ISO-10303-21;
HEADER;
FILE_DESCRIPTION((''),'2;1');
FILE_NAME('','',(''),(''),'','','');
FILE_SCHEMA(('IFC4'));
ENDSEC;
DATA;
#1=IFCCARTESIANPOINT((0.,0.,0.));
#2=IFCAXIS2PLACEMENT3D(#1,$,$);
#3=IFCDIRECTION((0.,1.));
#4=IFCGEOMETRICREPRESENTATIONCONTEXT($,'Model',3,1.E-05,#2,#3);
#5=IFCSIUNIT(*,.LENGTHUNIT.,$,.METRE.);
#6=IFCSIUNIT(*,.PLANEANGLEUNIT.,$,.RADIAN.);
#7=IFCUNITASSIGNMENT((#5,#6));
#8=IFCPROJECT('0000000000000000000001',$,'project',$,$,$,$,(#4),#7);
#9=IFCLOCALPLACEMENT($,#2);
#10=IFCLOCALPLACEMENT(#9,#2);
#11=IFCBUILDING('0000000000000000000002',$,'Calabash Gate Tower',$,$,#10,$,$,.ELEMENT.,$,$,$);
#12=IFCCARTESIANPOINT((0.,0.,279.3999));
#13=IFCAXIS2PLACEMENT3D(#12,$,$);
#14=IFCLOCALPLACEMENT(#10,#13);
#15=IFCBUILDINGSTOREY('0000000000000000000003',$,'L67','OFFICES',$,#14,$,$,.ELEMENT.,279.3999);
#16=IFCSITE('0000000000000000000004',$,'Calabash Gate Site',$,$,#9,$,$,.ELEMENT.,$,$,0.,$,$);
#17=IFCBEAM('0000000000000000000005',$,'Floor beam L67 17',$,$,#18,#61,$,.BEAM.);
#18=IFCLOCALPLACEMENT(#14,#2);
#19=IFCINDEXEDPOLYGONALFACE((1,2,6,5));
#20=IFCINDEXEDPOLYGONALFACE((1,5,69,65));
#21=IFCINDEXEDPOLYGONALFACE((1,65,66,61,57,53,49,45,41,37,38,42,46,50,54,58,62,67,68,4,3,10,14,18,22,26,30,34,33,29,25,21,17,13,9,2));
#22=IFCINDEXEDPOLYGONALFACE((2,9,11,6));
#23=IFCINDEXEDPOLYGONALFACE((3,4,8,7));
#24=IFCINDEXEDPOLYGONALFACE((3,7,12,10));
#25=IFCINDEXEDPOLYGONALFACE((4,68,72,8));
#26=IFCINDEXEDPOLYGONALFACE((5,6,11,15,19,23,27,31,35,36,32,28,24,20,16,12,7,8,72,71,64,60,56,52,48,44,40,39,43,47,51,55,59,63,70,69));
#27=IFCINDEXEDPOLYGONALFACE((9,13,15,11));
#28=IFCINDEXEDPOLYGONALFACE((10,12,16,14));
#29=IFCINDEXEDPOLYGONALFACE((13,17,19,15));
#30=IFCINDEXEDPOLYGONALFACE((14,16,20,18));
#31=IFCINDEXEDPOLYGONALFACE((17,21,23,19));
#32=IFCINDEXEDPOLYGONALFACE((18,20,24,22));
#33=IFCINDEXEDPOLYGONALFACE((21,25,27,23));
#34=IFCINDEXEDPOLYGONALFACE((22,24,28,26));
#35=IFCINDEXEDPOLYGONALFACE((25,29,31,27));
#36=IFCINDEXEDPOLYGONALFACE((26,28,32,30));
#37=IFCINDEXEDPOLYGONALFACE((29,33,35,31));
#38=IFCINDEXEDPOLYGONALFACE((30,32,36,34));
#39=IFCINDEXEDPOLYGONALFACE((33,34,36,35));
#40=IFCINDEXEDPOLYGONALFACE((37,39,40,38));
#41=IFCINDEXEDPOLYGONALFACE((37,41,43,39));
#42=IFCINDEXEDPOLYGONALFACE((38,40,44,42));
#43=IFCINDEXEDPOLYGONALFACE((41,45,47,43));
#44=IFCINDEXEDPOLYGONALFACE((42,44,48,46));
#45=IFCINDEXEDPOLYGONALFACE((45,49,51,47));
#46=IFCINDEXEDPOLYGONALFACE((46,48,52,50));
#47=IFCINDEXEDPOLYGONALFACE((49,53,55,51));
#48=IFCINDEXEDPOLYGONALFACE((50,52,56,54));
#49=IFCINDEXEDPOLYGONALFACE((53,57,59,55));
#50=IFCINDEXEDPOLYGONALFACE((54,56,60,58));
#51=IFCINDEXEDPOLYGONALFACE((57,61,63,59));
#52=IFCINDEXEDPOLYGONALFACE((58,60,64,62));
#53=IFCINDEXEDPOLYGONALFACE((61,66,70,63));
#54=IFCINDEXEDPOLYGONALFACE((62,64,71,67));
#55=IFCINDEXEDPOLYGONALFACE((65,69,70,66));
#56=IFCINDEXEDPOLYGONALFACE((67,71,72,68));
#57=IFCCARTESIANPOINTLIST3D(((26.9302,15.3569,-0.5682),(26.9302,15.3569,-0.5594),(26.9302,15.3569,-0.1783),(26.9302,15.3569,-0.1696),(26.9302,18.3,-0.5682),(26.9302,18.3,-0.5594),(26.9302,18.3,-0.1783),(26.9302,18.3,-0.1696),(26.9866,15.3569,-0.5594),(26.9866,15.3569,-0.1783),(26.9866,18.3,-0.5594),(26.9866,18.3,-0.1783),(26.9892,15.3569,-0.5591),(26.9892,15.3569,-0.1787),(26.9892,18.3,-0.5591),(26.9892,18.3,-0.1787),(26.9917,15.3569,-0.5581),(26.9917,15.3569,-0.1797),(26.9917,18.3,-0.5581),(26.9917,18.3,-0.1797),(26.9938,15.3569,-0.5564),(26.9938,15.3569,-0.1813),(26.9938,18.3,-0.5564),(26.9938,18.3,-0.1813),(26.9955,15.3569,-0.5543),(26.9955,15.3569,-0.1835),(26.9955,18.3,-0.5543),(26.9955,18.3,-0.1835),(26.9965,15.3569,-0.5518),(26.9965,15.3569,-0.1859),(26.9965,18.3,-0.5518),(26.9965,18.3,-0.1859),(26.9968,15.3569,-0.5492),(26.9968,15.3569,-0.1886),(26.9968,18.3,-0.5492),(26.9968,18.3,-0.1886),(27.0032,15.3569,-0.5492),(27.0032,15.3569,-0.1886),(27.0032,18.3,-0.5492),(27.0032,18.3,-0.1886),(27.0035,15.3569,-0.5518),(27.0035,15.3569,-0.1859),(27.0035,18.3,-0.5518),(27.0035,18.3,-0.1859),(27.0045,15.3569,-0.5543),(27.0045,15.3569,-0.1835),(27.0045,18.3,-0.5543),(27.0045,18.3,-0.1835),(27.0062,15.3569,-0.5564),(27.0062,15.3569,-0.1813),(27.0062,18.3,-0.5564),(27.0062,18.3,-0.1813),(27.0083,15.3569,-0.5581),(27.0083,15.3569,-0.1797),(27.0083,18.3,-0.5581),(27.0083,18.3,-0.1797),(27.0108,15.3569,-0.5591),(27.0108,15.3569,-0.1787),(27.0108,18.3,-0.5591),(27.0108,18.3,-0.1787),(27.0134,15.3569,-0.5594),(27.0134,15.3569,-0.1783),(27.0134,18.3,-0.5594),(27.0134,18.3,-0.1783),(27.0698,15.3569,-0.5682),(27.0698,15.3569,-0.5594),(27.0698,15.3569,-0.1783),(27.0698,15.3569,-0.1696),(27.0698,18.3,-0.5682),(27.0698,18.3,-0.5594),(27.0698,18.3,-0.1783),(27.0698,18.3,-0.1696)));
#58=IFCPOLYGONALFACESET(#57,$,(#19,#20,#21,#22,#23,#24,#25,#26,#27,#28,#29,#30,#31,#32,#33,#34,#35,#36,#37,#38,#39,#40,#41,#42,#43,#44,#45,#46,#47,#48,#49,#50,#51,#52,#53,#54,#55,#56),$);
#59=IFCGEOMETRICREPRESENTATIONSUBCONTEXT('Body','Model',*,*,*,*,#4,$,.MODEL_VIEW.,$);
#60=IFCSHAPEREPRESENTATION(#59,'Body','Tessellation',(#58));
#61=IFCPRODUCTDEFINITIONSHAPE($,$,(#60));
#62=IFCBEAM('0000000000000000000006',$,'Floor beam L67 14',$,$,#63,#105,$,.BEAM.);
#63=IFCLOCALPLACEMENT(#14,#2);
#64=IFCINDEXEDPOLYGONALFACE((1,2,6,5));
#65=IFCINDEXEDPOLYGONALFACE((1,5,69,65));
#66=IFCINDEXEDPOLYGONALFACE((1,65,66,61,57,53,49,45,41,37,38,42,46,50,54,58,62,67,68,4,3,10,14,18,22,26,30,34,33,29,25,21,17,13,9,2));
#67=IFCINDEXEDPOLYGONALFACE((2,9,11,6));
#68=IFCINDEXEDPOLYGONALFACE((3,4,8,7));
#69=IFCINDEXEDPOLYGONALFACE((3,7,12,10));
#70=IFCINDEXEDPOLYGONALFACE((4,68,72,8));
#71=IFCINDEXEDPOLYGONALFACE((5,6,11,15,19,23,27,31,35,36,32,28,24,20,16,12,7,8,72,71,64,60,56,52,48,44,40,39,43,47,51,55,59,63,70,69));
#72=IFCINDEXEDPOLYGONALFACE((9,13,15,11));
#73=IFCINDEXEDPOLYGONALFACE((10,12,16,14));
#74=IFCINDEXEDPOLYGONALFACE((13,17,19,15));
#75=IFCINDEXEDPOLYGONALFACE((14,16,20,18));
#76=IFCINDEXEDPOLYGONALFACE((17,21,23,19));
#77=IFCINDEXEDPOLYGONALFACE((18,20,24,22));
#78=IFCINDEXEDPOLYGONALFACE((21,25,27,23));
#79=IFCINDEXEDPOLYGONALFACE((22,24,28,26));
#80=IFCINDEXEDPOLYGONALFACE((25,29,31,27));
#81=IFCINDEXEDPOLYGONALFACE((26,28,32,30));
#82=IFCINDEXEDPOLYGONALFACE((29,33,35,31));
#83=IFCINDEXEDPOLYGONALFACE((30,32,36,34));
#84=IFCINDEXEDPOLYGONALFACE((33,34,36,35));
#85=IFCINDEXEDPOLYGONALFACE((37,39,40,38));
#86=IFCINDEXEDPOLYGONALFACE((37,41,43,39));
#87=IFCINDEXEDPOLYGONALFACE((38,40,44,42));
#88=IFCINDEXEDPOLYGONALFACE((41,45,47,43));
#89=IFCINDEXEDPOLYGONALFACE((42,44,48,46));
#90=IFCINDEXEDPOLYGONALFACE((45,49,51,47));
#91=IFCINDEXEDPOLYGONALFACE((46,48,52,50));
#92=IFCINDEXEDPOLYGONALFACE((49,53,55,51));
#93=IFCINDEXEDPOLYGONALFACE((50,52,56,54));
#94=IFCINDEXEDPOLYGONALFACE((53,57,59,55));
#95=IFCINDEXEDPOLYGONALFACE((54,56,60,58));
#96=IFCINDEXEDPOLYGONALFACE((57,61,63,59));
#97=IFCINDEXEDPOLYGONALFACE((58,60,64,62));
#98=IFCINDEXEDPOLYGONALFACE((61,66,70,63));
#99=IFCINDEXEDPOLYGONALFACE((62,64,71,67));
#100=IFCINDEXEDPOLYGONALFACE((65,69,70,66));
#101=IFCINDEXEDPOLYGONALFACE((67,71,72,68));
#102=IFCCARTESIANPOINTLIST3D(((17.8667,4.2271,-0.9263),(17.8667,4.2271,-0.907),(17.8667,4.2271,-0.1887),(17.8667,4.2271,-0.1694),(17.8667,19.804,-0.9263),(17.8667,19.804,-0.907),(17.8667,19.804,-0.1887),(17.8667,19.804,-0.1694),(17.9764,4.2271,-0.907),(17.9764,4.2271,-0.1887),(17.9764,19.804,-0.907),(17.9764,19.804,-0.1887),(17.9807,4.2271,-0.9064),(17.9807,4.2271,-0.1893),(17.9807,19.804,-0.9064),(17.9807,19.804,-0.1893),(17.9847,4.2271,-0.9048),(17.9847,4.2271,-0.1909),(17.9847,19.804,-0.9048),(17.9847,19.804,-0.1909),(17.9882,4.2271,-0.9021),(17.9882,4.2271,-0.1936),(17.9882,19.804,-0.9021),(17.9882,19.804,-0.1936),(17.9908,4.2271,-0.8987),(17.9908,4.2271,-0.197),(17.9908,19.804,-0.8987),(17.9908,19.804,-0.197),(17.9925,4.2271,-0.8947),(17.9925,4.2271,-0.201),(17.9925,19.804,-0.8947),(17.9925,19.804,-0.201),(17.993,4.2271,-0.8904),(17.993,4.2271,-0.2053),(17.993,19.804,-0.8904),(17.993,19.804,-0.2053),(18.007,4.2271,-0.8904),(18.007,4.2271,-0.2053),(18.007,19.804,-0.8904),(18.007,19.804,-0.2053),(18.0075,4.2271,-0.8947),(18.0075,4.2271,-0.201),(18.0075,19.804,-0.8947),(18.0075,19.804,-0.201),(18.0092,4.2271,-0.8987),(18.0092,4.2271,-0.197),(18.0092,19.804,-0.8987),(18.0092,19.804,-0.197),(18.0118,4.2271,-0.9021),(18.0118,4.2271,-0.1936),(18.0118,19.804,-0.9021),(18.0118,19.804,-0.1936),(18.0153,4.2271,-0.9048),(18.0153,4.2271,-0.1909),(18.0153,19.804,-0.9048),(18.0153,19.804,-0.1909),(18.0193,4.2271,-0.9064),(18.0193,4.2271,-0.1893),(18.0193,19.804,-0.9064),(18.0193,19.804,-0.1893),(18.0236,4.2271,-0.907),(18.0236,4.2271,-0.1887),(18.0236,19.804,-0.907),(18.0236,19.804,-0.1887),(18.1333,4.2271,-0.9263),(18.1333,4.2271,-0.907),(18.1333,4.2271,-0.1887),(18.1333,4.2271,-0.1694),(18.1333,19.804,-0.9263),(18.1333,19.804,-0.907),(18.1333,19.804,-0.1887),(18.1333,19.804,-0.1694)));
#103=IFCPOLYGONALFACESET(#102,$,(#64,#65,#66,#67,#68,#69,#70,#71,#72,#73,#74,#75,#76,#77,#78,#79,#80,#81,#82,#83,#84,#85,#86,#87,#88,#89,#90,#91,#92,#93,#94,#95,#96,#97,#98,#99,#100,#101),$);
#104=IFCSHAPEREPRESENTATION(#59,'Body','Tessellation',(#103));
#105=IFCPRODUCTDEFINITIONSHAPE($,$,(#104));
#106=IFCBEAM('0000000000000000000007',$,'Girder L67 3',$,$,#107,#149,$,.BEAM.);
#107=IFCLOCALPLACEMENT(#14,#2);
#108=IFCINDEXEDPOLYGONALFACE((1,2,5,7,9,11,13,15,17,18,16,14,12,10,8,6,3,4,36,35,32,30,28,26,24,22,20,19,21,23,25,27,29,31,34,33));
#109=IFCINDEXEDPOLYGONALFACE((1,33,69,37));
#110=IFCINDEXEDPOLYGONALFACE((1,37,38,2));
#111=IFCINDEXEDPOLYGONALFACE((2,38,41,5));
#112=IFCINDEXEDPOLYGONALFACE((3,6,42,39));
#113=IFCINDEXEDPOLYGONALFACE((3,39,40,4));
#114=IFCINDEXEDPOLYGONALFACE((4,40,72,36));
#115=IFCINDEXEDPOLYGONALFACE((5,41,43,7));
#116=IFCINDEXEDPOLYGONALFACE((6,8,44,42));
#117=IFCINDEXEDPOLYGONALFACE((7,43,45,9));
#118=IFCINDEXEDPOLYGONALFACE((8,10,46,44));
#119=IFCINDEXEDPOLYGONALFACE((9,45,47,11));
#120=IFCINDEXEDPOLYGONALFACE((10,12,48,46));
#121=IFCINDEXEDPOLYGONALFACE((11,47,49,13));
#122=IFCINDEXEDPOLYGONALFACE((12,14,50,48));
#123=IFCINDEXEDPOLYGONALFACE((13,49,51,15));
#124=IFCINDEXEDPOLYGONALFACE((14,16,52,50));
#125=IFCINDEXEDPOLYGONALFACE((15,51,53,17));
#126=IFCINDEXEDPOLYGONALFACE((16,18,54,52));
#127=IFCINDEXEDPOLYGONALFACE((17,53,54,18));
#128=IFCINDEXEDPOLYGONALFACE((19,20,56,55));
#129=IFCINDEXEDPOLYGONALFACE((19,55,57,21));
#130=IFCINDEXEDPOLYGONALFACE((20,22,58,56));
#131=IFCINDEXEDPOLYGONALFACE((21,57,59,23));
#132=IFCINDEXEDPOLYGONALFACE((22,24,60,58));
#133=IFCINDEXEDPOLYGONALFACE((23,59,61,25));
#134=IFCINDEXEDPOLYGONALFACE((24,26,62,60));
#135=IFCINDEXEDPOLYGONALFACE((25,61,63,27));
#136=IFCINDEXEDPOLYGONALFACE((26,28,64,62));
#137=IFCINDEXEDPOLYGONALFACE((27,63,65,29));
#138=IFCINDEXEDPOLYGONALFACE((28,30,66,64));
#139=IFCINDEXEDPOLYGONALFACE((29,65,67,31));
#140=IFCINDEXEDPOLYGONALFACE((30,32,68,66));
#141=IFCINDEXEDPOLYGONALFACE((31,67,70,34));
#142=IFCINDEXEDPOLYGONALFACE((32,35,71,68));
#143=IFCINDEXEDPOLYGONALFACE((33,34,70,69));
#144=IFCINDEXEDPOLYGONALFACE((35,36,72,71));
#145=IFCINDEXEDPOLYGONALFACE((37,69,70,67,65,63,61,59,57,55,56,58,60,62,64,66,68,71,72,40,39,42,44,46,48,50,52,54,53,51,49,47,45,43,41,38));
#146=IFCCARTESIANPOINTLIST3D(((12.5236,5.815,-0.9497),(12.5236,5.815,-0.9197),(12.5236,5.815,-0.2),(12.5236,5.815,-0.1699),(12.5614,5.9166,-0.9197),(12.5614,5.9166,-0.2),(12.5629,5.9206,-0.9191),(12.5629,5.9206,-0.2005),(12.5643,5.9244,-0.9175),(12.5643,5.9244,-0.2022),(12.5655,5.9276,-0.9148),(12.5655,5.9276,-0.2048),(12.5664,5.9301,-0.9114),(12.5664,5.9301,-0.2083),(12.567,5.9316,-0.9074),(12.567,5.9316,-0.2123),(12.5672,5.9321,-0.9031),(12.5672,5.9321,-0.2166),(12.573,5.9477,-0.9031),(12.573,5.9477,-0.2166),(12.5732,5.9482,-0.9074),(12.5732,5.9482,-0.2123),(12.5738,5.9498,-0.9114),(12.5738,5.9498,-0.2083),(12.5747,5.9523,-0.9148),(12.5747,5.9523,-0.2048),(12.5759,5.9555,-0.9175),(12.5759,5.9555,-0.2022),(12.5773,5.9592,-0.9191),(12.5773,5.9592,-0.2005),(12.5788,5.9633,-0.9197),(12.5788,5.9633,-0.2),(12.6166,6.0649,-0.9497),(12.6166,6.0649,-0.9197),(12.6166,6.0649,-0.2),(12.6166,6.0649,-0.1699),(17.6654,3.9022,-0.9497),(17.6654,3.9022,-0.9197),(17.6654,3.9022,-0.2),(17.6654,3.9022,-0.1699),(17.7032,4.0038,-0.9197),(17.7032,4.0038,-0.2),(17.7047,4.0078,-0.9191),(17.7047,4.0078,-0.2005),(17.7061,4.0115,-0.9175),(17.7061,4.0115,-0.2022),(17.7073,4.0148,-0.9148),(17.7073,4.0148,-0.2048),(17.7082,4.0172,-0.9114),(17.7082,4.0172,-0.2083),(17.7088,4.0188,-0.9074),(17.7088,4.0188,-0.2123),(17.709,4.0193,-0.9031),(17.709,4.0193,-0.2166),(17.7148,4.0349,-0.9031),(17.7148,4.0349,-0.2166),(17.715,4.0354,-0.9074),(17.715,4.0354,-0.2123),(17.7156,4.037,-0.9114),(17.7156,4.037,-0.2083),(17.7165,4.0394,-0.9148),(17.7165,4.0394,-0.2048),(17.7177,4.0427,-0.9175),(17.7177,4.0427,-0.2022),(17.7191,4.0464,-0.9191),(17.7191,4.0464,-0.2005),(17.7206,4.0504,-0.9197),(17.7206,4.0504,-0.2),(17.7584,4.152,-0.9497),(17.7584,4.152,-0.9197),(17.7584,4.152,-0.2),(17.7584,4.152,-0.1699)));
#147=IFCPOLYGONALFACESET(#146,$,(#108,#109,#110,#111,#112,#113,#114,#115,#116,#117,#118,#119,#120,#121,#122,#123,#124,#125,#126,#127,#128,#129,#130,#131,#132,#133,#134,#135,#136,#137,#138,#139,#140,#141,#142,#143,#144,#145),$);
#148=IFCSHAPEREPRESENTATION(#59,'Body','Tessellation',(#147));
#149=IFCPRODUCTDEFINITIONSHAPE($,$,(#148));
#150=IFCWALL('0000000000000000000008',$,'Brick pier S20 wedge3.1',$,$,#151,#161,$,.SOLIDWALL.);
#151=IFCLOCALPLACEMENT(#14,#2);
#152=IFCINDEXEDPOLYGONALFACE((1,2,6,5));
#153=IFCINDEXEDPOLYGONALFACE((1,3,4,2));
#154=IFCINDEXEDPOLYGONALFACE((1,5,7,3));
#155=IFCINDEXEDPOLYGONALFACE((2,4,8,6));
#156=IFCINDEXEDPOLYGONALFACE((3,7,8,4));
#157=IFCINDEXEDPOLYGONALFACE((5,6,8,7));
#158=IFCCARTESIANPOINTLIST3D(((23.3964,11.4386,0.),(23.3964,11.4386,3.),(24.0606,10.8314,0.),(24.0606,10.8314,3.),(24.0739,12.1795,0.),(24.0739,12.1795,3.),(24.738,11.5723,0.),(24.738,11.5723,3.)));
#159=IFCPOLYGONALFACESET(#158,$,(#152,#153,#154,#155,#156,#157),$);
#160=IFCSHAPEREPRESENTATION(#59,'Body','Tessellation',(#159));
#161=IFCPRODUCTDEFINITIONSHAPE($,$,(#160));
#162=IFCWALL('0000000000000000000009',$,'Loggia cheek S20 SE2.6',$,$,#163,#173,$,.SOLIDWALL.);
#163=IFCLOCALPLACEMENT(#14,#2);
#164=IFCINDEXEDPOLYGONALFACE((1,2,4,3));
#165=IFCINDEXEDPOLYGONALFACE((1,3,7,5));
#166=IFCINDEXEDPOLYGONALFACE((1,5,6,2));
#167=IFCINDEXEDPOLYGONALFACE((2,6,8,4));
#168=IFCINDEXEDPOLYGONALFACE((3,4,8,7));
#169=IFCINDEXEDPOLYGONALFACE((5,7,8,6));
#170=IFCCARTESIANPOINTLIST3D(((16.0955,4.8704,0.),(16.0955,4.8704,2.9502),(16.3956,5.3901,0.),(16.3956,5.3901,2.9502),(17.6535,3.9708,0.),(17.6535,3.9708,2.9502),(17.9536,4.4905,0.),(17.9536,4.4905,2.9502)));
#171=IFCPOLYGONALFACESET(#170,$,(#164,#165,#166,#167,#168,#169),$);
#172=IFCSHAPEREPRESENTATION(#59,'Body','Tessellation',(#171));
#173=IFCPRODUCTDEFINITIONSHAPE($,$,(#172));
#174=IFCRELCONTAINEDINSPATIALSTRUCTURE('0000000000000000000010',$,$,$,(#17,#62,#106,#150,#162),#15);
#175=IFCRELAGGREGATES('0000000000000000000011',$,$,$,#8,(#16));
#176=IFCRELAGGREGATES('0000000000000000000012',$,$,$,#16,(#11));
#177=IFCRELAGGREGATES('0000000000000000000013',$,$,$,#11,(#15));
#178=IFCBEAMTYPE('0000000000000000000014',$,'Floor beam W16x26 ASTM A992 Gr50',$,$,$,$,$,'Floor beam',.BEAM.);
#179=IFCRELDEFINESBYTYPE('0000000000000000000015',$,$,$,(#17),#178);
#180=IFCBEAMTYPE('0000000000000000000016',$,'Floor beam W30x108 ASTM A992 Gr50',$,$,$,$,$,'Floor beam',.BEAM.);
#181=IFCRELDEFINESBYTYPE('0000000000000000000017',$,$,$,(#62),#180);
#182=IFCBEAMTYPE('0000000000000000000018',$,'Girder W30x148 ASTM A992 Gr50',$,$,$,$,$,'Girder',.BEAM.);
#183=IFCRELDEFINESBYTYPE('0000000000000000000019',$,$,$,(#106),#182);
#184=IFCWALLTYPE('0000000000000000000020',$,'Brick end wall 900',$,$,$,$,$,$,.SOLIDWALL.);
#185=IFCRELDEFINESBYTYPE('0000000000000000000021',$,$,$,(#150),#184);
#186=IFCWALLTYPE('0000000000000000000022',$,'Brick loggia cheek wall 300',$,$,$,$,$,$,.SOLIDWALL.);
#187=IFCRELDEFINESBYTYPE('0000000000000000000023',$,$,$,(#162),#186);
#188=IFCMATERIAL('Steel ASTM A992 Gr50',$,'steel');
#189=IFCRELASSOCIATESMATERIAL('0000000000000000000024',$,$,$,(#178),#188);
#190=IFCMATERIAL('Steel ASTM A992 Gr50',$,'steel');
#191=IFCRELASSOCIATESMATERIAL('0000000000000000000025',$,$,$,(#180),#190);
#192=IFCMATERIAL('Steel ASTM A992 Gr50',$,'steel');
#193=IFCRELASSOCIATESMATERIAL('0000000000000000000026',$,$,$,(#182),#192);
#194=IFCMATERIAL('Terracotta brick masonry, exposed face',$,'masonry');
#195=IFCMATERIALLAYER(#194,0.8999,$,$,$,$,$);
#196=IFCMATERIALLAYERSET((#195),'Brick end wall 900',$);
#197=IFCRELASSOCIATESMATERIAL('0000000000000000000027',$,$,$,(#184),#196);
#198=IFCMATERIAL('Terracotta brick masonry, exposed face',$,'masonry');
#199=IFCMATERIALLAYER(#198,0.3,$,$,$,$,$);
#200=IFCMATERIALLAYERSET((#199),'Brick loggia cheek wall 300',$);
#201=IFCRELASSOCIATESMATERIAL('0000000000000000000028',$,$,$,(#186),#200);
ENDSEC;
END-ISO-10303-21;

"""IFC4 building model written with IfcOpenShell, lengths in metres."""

from ifc_helpers import new_model, si_unit, direction, frame, frame_2d, origin, origin_2d, place, context, subcontext, project, spatial, rectangle, i_section, extrude, material, layer, layer_set, material_profile, profile_set, type_object, element, save


model = new_model("IFC4")

# Units and contexts
model_context = context("Model", 3, precision=1e-05, world=origin(), true_north=direction((0.0, 1.0)))
body_context = subcontext(model_context, "Body", "Model", "MODEL_VIEW")
ifc_project = project(units=[si_unit("LENGTHUNIT", "METRE"), si_unit("PLANEANGLEUNIT", "RADIAN")], contexts=[model_context])

# Site, building, storey
site_placement = place(None, origin())
site = spatial("IfcSite", under=ifc_project, at=site_placement, Name="Calabash Gate Site", CompositionType="ELEMENT", RefElevation=0.0)
building_placement = place(site_placement, origin())
building = spatial("IfcBuilding", under=site, at=building_placement, Name="Calabash Gate Tower", CompositionType="ELEMENT")
storey_placement = place(building_placement, frame((0.0, 0.0, 279.3999)))
storey = spatial("IfcBuildingStorey", under=building, at=storey_placement, Name="L67", Description="OFFICES", CompositionType="ELEMENT", Elevation=279.3999)

# Beams
ifc_material_1 = material(Name="Steel ASTM A992 Gr50", Category="steel")
ifc_material_profile_1 = material_profile(ifc_material_1, i_section(OverallWidth=0.1396, OverallDepth=0.3987, WebThickness=0.0063, FlangeThickness=0.0088, FilletRadius=0.0103, at=origin_2d()))
ifc_profile_set_1 = profile_set([ifc_material_profile_1], Name="Steel ASTM A992 Gr50")
beam_type_1 = type_object("IfcBeamType", Name="Floor beam W16x26 ASTM A992 Gr50", ElementType="Floor beam", PredefinedType="BEAM", material=ifc_profile_set_1)
beam_1_placement = place(storey_placement, frame((27.0, 15.3569, -0.3689), z_axis=(0.0, 1.0, 0.0), x_axis=(-1.0, 0.0, 0.0)))
element("IfcBeam", 1, at=beam_1_placement, inside=storey, type_object=beam_type_1, Name="Floor beam L67 17", PredefinedType="BEAM", context=body_context, shape_type="SweptSolid", body=[
    extrude(i_section(OverallWidth=0.1396, OverallDepth=0.3987, WebThickness=0.0063, FlangeThickness=0.0088, FilletRadius=0.0103, at=origin_2d()), origin(), (0.0, 0.0, 1.0), 2.9431),
])
ifc_material_2 = material(Name="Steel ASTM A992 Gr50", Category="steel")
ifc_material_profile_2 = material_profile(ifc_material_2, i_section(OverallWidth=0.2666, OverallDepth=0.7568, WebThickness=0.0139, FlangeThickness=0.0193, FilletRadius=0.0166, at=origin_2d()))
ifc_profile_set_2 = profile_set([ifc_material_profile_2], Name="Steel ASTM A992 Gr50")
beam_type_2 = type_object("IfcBeamType", Name="Floor beam W30x108 ASTM A992 Gr50", ElementType="Floor beam", PredefinedType="BEAM", material=ifc_profile_set_2)
beam_2_placement = place(storey_placement, frame((18.0, 4.2271, -0.5479), z_axis=(0.0, 1.0, 0.0), x_axis=(-1.0, 0.0, 0.0)))
element("IfcBeam", 2, at=beam_2_placement, inside=storey, type_object=beam_type_2, Name="Floor beam L67 14", PredefinedType="BEAM", context=body_context, shape_type="SweptSolid", body=[
    extrude(i_section(OverallWidth=0.2666, OverallDepth=0.7568, WebThickness=0.0139, FlangeThickness=0.0193, FilletRadius=0.0166, at=origin_2d()), origin(), (0.0, 0.0, 1.0), 15.5769),
])
ifc_material_3 = material(Name="Steel ASTM A992 Gr50", Category="steel")
ifc_material_profile_3 = material_profile(ifc_material_3, i_section(OverallWidth=0.2666, OverallDepth=0.7798, WebThickness=0.0166, FlangeThickness=0.03, FilletRadius=0.0166, at=origin_2d()))
ifc_profile_set_3 = profile_set([ifc_material_profile_3], Name="Steel ASTM A992 Gr50")
beam_type_3 = type_object("IfcBeamType", Name="Girder W30x148 ASTM A992 Gr50", ElementType="Girder", PredefinedType="BEAM", material=ifc_profile_set_3)
beam_3_placement = place(storey_placement, frame((17.7119, 4.0271, -0.5598), z_axis=(-0.937246, 0.348669, 0.0), x_axis=(-0.348669, -0.937246, 0.0)))
element("IfcBeam", 3, at=beam_3_placement, inside=storey, type_object=beam_type_3, Name="Girder L67 3", PredefinedType="BEAM", context=body_context, shape_type="SweptSolid", body=[
    extrude(i_section(OverallWidth=0.2666, OverallDepth=0.7798, WebThickness=0.0166, FlangeThickness=0.03, FilletRadius=0.0166, at=origin_2d()), origin(), (0.0, 0.0, 1.0), 5.4861),
])

# Walls
ifc_material_4 = material(Name="Terracotta brick masonry, exposed face", Category="masonry")
ifc_layer_1 = layer(ifc_material_4, 0.8999)
ifc_layer_set_1 = layer_set([ifc_layer_1], Name="Brick end wall 900")
wall_type_1 = type_object("IfcWallType", Name="Brick end wall 900", PredefinedType="SOLIDWALL", material=ifc_layer_set_1)
wall_1_placement = place(storey_placement, frame((23.7285, 11.135, 0.0), z_axis=(0.0, 0.0, 1.0), x_axis=(0.674788, 0.738012, 0.0)))
element("IfcWall", 4, at=wall_1_placement, inside=storey, type_object=wall_type_1, Name="Brick pier S20 wedge3.1", PredefinedType="SOLIDWALL", context=body_context, shape_type="SweptSolid", body=[
    extrude(rectangle(XDim=1.0039, YDim=0.8999, at=frame_2d((0.502, 0.0))), origin(), (0.0, 0.0, 1.0), 3.0),
])
ifc_material_5 = material(Name="Terracotta brick masonry, exposed face", Category="masonry")
ifc_layer_2 = layer(ifc_material_5, 0.3)
ifc_layer_set_2 = layer_set([ifc_layer_2], Name="Brick loggia cheek wall 300")
wall_type_2 = type_object("IfcWallType", Name="Brick loggia cheek wall 300", PredefinedType="SOLIDWALL", material=ifc_layer_set_2)
wall_2_placement = place(storey_placement, frame((17.8035, 4.2307, 0.0), z_axis=(0.0, 0.0, 1.0), x_axis=(-0.866005, 0.500036, 0.0)))
element("IfcWall", 5, at=wall_2_placement, inside=storey, type_object=wall_type_2, Name="Loggia cheek S20 SE2.6", PredefinedType="SOLIDWALL", context=body_context, shape_type="SweptSolid", body=[
    extrude(rectangle(XDim=1.7991, YDim=0.6001, at=frame_2d((0.8994, 0.0))), origin(), (0.0, 0.0, 1.0), 2.9502),
])

save(model, "model.ifc")
